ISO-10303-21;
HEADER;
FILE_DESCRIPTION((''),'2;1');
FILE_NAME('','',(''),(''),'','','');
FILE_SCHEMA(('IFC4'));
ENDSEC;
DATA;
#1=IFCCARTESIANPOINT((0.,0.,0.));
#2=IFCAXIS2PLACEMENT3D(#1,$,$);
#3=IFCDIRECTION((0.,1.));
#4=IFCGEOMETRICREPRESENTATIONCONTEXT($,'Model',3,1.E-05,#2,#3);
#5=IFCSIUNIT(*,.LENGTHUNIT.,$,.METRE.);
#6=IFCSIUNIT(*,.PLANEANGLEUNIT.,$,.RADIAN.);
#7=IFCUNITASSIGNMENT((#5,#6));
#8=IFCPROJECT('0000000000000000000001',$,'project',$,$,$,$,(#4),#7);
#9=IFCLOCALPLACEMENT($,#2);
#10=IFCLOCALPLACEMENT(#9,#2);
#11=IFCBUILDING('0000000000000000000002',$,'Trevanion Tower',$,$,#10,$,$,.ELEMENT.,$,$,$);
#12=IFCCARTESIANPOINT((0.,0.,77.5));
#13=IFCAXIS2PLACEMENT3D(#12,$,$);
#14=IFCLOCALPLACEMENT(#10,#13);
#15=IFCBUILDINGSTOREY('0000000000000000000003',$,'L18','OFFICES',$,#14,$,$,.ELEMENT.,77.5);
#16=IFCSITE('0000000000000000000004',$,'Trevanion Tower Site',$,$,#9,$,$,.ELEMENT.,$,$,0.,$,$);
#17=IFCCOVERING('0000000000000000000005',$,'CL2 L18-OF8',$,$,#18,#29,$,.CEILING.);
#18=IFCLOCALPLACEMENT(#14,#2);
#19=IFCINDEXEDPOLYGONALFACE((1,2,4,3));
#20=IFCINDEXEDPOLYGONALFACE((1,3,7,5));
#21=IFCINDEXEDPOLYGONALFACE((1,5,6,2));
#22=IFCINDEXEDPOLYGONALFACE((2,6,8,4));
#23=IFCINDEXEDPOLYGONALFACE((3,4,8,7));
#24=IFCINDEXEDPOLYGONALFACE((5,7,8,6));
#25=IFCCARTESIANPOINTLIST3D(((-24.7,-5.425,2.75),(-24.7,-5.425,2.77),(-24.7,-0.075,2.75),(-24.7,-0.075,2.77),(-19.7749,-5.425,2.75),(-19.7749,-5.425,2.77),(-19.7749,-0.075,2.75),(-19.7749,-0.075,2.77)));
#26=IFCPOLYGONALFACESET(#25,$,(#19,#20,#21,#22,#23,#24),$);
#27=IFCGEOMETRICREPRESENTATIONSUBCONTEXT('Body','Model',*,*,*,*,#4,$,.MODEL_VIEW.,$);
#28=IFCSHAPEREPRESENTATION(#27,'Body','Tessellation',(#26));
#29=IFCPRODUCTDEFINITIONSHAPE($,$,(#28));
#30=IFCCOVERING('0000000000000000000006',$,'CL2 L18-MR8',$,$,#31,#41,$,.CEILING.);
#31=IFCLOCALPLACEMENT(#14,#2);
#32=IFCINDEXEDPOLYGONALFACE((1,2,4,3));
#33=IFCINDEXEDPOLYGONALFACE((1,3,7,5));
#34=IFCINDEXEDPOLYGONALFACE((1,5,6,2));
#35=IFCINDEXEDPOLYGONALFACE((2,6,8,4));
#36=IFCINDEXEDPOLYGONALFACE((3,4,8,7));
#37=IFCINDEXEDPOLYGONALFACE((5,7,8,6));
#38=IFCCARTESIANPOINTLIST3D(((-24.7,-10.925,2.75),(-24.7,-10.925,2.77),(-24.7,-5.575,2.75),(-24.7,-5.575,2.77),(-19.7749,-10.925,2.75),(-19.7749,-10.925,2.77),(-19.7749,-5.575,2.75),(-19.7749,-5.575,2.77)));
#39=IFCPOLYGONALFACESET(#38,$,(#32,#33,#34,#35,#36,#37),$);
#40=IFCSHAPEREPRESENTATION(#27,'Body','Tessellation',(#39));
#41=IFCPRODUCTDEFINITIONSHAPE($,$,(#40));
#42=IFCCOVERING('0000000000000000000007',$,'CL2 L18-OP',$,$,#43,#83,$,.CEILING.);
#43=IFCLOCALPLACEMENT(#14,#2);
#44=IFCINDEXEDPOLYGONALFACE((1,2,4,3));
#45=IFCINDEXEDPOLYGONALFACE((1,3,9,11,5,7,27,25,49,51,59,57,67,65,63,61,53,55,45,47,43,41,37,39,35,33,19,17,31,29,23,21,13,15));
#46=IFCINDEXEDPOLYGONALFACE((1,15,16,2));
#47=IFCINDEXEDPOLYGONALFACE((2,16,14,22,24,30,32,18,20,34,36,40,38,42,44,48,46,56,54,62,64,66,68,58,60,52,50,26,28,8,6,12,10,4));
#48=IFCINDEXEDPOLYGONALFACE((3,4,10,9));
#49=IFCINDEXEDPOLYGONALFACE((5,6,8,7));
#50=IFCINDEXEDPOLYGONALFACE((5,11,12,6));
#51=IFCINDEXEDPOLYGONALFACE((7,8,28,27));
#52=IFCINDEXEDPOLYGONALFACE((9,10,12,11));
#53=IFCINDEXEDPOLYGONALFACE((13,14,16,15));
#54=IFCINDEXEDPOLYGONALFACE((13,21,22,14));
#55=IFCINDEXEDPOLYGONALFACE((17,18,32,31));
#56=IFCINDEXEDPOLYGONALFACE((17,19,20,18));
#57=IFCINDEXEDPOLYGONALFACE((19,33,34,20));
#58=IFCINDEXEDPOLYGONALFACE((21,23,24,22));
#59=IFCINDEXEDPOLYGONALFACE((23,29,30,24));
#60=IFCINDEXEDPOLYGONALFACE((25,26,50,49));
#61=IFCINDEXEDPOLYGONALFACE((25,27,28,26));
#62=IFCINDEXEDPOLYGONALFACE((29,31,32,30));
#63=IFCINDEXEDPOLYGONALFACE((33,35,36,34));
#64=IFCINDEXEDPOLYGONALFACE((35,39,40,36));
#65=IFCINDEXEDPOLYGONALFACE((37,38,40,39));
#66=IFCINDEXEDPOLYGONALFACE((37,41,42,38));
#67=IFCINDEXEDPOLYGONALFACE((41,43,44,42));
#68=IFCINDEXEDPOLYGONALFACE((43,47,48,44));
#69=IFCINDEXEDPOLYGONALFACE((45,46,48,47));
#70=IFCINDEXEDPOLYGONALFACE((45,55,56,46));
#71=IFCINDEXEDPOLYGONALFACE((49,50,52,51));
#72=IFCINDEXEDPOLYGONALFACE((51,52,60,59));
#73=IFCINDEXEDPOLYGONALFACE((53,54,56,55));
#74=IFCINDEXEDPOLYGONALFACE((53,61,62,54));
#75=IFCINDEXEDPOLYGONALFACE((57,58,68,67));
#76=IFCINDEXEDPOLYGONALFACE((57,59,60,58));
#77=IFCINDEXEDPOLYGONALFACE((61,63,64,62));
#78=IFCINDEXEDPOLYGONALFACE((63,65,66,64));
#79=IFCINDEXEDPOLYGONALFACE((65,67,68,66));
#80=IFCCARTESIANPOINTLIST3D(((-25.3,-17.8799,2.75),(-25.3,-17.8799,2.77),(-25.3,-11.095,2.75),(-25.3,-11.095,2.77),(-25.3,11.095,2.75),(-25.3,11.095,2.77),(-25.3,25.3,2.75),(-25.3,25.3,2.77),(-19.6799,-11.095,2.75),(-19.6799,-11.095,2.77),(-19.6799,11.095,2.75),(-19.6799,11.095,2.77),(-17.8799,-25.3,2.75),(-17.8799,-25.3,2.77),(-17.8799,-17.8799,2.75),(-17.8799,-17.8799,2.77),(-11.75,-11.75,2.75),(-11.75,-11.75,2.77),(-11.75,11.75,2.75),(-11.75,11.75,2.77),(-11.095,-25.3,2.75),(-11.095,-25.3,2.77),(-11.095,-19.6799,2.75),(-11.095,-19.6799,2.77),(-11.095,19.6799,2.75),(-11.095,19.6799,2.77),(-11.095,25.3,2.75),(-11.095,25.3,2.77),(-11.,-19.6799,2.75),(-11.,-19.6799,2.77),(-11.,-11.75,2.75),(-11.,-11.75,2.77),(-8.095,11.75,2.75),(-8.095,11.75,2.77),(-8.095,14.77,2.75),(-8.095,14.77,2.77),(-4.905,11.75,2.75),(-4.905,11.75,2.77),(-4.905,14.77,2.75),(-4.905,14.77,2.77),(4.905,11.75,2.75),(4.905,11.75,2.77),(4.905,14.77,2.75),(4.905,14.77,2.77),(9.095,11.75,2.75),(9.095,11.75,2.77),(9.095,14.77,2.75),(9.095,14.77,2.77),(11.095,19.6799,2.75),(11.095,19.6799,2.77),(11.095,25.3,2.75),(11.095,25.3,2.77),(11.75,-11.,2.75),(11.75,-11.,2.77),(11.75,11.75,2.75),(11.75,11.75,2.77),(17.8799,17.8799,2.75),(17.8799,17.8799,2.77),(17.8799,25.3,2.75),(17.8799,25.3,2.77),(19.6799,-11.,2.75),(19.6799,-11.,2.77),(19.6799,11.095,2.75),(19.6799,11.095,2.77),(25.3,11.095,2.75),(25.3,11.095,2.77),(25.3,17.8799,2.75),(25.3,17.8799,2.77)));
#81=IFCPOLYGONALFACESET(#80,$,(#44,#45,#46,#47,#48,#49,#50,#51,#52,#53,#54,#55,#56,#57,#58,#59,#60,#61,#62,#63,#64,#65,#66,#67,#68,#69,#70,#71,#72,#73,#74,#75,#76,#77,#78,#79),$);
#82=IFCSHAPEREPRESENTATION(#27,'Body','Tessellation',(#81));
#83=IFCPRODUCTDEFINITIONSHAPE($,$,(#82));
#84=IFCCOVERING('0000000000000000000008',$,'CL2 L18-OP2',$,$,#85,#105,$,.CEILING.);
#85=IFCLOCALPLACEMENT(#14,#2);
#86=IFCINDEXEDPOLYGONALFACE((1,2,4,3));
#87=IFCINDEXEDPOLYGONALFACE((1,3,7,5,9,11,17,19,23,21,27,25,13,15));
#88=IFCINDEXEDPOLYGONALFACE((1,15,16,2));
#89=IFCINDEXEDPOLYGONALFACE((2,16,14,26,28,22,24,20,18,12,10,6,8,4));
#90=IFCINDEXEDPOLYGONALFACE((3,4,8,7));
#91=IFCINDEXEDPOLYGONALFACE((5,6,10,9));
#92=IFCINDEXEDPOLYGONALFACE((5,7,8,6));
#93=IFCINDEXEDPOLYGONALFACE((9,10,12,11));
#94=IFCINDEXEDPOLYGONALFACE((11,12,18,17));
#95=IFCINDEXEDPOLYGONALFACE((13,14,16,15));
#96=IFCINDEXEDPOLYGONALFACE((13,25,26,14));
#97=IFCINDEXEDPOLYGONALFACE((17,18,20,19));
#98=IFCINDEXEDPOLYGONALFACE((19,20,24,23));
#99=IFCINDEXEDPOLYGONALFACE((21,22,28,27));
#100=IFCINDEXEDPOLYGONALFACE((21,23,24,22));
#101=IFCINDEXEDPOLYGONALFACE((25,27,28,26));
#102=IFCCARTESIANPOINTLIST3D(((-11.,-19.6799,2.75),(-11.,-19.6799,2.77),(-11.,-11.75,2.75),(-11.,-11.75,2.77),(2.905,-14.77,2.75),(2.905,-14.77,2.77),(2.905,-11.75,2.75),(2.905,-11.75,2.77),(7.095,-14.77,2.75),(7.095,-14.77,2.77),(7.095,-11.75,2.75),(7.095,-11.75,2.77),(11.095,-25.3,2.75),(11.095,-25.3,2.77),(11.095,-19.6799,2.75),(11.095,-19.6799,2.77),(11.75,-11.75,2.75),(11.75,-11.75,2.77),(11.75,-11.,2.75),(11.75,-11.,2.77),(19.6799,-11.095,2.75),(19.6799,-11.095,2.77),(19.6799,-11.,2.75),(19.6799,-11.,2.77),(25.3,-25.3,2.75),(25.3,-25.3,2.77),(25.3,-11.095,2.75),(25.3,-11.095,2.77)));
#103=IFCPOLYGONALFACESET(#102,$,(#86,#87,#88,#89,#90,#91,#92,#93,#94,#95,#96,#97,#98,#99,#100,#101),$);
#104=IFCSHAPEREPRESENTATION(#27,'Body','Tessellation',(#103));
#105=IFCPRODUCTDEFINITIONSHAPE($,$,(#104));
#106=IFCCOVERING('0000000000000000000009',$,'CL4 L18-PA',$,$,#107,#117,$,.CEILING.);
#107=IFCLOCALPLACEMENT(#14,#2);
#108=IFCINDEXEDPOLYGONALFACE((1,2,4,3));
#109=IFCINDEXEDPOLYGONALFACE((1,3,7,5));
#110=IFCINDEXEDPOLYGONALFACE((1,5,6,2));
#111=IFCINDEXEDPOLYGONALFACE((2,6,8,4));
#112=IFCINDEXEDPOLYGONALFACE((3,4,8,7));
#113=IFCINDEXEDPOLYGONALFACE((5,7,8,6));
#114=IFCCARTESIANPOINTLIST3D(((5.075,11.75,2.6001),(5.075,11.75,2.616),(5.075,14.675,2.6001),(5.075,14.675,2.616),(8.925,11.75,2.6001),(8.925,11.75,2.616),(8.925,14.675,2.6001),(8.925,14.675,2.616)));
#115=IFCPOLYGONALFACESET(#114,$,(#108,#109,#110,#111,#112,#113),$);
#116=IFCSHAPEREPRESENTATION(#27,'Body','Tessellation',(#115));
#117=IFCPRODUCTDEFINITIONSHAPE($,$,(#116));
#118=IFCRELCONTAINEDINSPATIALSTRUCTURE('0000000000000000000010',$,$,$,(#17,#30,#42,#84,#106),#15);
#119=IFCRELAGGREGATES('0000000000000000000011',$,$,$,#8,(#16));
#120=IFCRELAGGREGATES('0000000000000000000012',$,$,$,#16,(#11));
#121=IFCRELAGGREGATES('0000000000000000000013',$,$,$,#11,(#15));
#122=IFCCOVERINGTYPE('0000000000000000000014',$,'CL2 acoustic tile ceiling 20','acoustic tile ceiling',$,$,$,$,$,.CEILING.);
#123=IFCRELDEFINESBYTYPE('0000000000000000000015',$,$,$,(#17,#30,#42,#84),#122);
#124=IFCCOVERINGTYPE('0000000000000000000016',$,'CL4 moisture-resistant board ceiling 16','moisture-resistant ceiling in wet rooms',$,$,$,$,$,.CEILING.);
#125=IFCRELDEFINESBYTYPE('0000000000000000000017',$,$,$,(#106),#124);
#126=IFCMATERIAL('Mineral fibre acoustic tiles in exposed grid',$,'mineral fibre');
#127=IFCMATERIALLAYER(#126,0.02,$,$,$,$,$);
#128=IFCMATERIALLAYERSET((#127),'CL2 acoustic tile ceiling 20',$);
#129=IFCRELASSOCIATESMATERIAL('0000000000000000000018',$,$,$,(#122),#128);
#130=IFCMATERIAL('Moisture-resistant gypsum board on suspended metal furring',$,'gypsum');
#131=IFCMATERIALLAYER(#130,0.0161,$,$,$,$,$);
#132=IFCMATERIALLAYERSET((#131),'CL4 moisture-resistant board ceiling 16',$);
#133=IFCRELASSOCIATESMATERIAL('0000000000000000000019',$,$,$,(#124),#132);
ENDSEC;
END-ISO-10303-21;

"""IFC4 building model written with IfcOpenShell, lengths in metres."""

from ifc_helpers import new_model, si_unit, direction, frame, origin, place, context, subcontext, project, spatial, polyline, outline, extrude, material, layer, layer_set, type_object, element, save


model = new_model("IFC4")

# Units and contexts
model_context = context("Model", 3, precision=1e-05, world=origin(), true_north=direction((0.0, 1.0)))
body_context = subcontext(model_context, "Body", "Model", "MODEL_VIEW")
ifc_project = project(units=[si_unit("LENGTHUNIT", "METRE"), si_unit("PLANEANGLEUNIT", "RADIAN")], contexts=[model_context])

# Site, building, storey
site_placement = place(None, origin())
site = spatial("IfcSite", under=ifc_project, at=site_placement, Name="Trevanion Tower Site", CompositionType="ELEMENT", RefElevation=0.0)
building_placement = place(site_placement, origin())
building = spatial("IfcBuilding", under=site, at=building_placement, Name="Trevanion Tower", CompositionType="ELEMENT")
storey_placement = place(building_placement, frame((0.0, 0.0, 77.5)))
storey = spatial("IfcBuildingStorey", under=building, at=storey_placement, Name="L18", Description="OFFICES", CompositionType="ELEMENT", Elevation=77.5)

# Coverings
ifc_material_1 = material(Name="Mineral fibre acoustic tiles in exposed grid", Category="mineral fibre")
ifc_layer_1 = layer(ifc_material_1, 0.02)
ifc_layer_set_1 = layer_set([ifc_layer_1], Name="CL2 acoustic tile ceiling 20")
covering_type_1 = type_object("IfcCoveringType", Name="CL2 acoustic tile ceiling 20", Description="acoustic tile ceiling", PredefinedType="CEILING", material=ifc_layer_set_1)
covering_1_placement = place(storey_placement, frame((0.0, 0.0, 2.75)))
element("IfcCovering", 1, at=covering_1_placement, inside=storey, type_object=covering_type_1, Name="CL2 L18-OF8", PredefinedType="CEILING", context=body_context, shape_type="SweptSolid", body=[
    extrude(outline(polyline([(-19.7749, -0.075), (-19.7749, -5.425), (-24.7, -5.425), (-24.7, -0.075), (-19.7749, -0.075)])), origin(), (0.0, 0.0, 1.0), 0.02),
])
covering_2_placement = place(storey_placement, frame((0.0, 0.0, 2.75)))
element("IfcCovering", 2, at=covering_2_placement, inside=storey, type_object=covering_type_1, Name="CL2 L18-MR8", PredefinedType="CEILING", context=body_context, shape_type="SweptSolid", body=[
    extrude(outline(polyline([(-19.7749, -5.575), (-19.7749, -10.925), (-24.7, -10.925), (-24.7, -5.575), (-19.7749, -5.575)])), origin(), (0.0, 0.0, 1.0), 0.02),
])
covering_3_placement = place(storey_placement, frame((0.0, 0.0, 2.75)))
element("IfcCovering", 3, at=covering_3_placement, inside=storey, type_object=covering_type_1, Name="CL2 L18-OP", PredefinedType="CEILING", context=body_context, shape_type="SweptSolid", body=[
    extrude(outline(polyline([(-11.0, -11.75), (-11.0, -19.6799), (-11.095, -19.6799), (-11.095, -25.3), (-17.8799, -25.3), (-17.8799, -17.8799), (-25.3, -17.8799), (-25.3, -11.095), (-19.6799, -11.095), (-19.6799, 11.095), (-25.3, 11.095), (-25.3, 25.3), (-11.095, 25.3), (-11.095, 19.6799), (11.095, 19.6799), (11.095, 25.3), (17.8799, 25.3), (17.8799, 17.8799), (25.3, 17.8799), (25.3, 11.095), (19.6799, 11.095), (19.6799, -11.0), (11.75, -11.0), (11.75, 11.75), (9.095, 11.75), (9.095, 14.77), (4.905, 14.77), (4.905, 11.75), (-4.905, 11.75), (-4.905, 14.77), (-8.095, 14.77), (-8.095, 11.75), (-11.75, 11.75), (-11.75, -11.75), (-11.0, -11.75)])), origin(), (0.0, 0.0, 1.0), 0.02),
])
covering_4_placement = place(storey_placement, frame((0.0, 0.0, 2.75)))
element("IfcCovering", 4, at=covering_4_placement, inside=storey, type_object=covering_type_1, Name="CL2 L18-OP2", PredefinedType="CEILING", context=body_context, shape_type="SweptSolid", body=[
    extrude(outline(polyline([(2.905, -11.75), (2.905, -14.77), (7.095, -14.77), (7.095, -11.75), (11.75, -11.75), (11.75, -11.0), (19.6799, -11.0), (19.6799, -11.095), (25.3, -11.095), (25.3, -25.3), (11.095, -25.3), (11.095, -19.6799), (-11.0, -19.6799), (-11.0, -11.75), (2.905, -11.75)])), origin(), (0.0, 0.0, 1.0), 0.02),
])
ifc_material_2 = material(Name="Moisture-resistant gypsum board on suspended metal furring", Category="gypsum")
ifc_layer_2 = layer(ifc_material_2, 0.0161)
ifc_layer_set_2 = layer_set([ifc_layer_2], Name="CL4 moisture-resistant board ceiling 16")
covering_type_2 = type_object("IfcCoveringType", Name="CL4 moisture-resistant board ceiling 16", Description="moisture-resistant ceiling in wet rooms", PredefinedType="CEILING", material=ifc_layer_set_2)
covering_5_placement = place(storey_placement, frame((0.0, 0.0, 2.6001)))
element("IfcCovering", 5, at=covering_5_placement, inside=storey, type_object=covering_type_2, Name="CL4 L18-PA", PredefinedType="CEILING", context=body_context, shape_type="SweptSolid", body=[
    extrude(outline(polyline([(5.075, 14.675), (8.925, 14.675), (8.925, 11.75), (5.075, 11.75), (5.075, 14.675)])), origin(), (0.0, 0.0, 1.0), 0.0159),
])

save(model, "model.ifc")
